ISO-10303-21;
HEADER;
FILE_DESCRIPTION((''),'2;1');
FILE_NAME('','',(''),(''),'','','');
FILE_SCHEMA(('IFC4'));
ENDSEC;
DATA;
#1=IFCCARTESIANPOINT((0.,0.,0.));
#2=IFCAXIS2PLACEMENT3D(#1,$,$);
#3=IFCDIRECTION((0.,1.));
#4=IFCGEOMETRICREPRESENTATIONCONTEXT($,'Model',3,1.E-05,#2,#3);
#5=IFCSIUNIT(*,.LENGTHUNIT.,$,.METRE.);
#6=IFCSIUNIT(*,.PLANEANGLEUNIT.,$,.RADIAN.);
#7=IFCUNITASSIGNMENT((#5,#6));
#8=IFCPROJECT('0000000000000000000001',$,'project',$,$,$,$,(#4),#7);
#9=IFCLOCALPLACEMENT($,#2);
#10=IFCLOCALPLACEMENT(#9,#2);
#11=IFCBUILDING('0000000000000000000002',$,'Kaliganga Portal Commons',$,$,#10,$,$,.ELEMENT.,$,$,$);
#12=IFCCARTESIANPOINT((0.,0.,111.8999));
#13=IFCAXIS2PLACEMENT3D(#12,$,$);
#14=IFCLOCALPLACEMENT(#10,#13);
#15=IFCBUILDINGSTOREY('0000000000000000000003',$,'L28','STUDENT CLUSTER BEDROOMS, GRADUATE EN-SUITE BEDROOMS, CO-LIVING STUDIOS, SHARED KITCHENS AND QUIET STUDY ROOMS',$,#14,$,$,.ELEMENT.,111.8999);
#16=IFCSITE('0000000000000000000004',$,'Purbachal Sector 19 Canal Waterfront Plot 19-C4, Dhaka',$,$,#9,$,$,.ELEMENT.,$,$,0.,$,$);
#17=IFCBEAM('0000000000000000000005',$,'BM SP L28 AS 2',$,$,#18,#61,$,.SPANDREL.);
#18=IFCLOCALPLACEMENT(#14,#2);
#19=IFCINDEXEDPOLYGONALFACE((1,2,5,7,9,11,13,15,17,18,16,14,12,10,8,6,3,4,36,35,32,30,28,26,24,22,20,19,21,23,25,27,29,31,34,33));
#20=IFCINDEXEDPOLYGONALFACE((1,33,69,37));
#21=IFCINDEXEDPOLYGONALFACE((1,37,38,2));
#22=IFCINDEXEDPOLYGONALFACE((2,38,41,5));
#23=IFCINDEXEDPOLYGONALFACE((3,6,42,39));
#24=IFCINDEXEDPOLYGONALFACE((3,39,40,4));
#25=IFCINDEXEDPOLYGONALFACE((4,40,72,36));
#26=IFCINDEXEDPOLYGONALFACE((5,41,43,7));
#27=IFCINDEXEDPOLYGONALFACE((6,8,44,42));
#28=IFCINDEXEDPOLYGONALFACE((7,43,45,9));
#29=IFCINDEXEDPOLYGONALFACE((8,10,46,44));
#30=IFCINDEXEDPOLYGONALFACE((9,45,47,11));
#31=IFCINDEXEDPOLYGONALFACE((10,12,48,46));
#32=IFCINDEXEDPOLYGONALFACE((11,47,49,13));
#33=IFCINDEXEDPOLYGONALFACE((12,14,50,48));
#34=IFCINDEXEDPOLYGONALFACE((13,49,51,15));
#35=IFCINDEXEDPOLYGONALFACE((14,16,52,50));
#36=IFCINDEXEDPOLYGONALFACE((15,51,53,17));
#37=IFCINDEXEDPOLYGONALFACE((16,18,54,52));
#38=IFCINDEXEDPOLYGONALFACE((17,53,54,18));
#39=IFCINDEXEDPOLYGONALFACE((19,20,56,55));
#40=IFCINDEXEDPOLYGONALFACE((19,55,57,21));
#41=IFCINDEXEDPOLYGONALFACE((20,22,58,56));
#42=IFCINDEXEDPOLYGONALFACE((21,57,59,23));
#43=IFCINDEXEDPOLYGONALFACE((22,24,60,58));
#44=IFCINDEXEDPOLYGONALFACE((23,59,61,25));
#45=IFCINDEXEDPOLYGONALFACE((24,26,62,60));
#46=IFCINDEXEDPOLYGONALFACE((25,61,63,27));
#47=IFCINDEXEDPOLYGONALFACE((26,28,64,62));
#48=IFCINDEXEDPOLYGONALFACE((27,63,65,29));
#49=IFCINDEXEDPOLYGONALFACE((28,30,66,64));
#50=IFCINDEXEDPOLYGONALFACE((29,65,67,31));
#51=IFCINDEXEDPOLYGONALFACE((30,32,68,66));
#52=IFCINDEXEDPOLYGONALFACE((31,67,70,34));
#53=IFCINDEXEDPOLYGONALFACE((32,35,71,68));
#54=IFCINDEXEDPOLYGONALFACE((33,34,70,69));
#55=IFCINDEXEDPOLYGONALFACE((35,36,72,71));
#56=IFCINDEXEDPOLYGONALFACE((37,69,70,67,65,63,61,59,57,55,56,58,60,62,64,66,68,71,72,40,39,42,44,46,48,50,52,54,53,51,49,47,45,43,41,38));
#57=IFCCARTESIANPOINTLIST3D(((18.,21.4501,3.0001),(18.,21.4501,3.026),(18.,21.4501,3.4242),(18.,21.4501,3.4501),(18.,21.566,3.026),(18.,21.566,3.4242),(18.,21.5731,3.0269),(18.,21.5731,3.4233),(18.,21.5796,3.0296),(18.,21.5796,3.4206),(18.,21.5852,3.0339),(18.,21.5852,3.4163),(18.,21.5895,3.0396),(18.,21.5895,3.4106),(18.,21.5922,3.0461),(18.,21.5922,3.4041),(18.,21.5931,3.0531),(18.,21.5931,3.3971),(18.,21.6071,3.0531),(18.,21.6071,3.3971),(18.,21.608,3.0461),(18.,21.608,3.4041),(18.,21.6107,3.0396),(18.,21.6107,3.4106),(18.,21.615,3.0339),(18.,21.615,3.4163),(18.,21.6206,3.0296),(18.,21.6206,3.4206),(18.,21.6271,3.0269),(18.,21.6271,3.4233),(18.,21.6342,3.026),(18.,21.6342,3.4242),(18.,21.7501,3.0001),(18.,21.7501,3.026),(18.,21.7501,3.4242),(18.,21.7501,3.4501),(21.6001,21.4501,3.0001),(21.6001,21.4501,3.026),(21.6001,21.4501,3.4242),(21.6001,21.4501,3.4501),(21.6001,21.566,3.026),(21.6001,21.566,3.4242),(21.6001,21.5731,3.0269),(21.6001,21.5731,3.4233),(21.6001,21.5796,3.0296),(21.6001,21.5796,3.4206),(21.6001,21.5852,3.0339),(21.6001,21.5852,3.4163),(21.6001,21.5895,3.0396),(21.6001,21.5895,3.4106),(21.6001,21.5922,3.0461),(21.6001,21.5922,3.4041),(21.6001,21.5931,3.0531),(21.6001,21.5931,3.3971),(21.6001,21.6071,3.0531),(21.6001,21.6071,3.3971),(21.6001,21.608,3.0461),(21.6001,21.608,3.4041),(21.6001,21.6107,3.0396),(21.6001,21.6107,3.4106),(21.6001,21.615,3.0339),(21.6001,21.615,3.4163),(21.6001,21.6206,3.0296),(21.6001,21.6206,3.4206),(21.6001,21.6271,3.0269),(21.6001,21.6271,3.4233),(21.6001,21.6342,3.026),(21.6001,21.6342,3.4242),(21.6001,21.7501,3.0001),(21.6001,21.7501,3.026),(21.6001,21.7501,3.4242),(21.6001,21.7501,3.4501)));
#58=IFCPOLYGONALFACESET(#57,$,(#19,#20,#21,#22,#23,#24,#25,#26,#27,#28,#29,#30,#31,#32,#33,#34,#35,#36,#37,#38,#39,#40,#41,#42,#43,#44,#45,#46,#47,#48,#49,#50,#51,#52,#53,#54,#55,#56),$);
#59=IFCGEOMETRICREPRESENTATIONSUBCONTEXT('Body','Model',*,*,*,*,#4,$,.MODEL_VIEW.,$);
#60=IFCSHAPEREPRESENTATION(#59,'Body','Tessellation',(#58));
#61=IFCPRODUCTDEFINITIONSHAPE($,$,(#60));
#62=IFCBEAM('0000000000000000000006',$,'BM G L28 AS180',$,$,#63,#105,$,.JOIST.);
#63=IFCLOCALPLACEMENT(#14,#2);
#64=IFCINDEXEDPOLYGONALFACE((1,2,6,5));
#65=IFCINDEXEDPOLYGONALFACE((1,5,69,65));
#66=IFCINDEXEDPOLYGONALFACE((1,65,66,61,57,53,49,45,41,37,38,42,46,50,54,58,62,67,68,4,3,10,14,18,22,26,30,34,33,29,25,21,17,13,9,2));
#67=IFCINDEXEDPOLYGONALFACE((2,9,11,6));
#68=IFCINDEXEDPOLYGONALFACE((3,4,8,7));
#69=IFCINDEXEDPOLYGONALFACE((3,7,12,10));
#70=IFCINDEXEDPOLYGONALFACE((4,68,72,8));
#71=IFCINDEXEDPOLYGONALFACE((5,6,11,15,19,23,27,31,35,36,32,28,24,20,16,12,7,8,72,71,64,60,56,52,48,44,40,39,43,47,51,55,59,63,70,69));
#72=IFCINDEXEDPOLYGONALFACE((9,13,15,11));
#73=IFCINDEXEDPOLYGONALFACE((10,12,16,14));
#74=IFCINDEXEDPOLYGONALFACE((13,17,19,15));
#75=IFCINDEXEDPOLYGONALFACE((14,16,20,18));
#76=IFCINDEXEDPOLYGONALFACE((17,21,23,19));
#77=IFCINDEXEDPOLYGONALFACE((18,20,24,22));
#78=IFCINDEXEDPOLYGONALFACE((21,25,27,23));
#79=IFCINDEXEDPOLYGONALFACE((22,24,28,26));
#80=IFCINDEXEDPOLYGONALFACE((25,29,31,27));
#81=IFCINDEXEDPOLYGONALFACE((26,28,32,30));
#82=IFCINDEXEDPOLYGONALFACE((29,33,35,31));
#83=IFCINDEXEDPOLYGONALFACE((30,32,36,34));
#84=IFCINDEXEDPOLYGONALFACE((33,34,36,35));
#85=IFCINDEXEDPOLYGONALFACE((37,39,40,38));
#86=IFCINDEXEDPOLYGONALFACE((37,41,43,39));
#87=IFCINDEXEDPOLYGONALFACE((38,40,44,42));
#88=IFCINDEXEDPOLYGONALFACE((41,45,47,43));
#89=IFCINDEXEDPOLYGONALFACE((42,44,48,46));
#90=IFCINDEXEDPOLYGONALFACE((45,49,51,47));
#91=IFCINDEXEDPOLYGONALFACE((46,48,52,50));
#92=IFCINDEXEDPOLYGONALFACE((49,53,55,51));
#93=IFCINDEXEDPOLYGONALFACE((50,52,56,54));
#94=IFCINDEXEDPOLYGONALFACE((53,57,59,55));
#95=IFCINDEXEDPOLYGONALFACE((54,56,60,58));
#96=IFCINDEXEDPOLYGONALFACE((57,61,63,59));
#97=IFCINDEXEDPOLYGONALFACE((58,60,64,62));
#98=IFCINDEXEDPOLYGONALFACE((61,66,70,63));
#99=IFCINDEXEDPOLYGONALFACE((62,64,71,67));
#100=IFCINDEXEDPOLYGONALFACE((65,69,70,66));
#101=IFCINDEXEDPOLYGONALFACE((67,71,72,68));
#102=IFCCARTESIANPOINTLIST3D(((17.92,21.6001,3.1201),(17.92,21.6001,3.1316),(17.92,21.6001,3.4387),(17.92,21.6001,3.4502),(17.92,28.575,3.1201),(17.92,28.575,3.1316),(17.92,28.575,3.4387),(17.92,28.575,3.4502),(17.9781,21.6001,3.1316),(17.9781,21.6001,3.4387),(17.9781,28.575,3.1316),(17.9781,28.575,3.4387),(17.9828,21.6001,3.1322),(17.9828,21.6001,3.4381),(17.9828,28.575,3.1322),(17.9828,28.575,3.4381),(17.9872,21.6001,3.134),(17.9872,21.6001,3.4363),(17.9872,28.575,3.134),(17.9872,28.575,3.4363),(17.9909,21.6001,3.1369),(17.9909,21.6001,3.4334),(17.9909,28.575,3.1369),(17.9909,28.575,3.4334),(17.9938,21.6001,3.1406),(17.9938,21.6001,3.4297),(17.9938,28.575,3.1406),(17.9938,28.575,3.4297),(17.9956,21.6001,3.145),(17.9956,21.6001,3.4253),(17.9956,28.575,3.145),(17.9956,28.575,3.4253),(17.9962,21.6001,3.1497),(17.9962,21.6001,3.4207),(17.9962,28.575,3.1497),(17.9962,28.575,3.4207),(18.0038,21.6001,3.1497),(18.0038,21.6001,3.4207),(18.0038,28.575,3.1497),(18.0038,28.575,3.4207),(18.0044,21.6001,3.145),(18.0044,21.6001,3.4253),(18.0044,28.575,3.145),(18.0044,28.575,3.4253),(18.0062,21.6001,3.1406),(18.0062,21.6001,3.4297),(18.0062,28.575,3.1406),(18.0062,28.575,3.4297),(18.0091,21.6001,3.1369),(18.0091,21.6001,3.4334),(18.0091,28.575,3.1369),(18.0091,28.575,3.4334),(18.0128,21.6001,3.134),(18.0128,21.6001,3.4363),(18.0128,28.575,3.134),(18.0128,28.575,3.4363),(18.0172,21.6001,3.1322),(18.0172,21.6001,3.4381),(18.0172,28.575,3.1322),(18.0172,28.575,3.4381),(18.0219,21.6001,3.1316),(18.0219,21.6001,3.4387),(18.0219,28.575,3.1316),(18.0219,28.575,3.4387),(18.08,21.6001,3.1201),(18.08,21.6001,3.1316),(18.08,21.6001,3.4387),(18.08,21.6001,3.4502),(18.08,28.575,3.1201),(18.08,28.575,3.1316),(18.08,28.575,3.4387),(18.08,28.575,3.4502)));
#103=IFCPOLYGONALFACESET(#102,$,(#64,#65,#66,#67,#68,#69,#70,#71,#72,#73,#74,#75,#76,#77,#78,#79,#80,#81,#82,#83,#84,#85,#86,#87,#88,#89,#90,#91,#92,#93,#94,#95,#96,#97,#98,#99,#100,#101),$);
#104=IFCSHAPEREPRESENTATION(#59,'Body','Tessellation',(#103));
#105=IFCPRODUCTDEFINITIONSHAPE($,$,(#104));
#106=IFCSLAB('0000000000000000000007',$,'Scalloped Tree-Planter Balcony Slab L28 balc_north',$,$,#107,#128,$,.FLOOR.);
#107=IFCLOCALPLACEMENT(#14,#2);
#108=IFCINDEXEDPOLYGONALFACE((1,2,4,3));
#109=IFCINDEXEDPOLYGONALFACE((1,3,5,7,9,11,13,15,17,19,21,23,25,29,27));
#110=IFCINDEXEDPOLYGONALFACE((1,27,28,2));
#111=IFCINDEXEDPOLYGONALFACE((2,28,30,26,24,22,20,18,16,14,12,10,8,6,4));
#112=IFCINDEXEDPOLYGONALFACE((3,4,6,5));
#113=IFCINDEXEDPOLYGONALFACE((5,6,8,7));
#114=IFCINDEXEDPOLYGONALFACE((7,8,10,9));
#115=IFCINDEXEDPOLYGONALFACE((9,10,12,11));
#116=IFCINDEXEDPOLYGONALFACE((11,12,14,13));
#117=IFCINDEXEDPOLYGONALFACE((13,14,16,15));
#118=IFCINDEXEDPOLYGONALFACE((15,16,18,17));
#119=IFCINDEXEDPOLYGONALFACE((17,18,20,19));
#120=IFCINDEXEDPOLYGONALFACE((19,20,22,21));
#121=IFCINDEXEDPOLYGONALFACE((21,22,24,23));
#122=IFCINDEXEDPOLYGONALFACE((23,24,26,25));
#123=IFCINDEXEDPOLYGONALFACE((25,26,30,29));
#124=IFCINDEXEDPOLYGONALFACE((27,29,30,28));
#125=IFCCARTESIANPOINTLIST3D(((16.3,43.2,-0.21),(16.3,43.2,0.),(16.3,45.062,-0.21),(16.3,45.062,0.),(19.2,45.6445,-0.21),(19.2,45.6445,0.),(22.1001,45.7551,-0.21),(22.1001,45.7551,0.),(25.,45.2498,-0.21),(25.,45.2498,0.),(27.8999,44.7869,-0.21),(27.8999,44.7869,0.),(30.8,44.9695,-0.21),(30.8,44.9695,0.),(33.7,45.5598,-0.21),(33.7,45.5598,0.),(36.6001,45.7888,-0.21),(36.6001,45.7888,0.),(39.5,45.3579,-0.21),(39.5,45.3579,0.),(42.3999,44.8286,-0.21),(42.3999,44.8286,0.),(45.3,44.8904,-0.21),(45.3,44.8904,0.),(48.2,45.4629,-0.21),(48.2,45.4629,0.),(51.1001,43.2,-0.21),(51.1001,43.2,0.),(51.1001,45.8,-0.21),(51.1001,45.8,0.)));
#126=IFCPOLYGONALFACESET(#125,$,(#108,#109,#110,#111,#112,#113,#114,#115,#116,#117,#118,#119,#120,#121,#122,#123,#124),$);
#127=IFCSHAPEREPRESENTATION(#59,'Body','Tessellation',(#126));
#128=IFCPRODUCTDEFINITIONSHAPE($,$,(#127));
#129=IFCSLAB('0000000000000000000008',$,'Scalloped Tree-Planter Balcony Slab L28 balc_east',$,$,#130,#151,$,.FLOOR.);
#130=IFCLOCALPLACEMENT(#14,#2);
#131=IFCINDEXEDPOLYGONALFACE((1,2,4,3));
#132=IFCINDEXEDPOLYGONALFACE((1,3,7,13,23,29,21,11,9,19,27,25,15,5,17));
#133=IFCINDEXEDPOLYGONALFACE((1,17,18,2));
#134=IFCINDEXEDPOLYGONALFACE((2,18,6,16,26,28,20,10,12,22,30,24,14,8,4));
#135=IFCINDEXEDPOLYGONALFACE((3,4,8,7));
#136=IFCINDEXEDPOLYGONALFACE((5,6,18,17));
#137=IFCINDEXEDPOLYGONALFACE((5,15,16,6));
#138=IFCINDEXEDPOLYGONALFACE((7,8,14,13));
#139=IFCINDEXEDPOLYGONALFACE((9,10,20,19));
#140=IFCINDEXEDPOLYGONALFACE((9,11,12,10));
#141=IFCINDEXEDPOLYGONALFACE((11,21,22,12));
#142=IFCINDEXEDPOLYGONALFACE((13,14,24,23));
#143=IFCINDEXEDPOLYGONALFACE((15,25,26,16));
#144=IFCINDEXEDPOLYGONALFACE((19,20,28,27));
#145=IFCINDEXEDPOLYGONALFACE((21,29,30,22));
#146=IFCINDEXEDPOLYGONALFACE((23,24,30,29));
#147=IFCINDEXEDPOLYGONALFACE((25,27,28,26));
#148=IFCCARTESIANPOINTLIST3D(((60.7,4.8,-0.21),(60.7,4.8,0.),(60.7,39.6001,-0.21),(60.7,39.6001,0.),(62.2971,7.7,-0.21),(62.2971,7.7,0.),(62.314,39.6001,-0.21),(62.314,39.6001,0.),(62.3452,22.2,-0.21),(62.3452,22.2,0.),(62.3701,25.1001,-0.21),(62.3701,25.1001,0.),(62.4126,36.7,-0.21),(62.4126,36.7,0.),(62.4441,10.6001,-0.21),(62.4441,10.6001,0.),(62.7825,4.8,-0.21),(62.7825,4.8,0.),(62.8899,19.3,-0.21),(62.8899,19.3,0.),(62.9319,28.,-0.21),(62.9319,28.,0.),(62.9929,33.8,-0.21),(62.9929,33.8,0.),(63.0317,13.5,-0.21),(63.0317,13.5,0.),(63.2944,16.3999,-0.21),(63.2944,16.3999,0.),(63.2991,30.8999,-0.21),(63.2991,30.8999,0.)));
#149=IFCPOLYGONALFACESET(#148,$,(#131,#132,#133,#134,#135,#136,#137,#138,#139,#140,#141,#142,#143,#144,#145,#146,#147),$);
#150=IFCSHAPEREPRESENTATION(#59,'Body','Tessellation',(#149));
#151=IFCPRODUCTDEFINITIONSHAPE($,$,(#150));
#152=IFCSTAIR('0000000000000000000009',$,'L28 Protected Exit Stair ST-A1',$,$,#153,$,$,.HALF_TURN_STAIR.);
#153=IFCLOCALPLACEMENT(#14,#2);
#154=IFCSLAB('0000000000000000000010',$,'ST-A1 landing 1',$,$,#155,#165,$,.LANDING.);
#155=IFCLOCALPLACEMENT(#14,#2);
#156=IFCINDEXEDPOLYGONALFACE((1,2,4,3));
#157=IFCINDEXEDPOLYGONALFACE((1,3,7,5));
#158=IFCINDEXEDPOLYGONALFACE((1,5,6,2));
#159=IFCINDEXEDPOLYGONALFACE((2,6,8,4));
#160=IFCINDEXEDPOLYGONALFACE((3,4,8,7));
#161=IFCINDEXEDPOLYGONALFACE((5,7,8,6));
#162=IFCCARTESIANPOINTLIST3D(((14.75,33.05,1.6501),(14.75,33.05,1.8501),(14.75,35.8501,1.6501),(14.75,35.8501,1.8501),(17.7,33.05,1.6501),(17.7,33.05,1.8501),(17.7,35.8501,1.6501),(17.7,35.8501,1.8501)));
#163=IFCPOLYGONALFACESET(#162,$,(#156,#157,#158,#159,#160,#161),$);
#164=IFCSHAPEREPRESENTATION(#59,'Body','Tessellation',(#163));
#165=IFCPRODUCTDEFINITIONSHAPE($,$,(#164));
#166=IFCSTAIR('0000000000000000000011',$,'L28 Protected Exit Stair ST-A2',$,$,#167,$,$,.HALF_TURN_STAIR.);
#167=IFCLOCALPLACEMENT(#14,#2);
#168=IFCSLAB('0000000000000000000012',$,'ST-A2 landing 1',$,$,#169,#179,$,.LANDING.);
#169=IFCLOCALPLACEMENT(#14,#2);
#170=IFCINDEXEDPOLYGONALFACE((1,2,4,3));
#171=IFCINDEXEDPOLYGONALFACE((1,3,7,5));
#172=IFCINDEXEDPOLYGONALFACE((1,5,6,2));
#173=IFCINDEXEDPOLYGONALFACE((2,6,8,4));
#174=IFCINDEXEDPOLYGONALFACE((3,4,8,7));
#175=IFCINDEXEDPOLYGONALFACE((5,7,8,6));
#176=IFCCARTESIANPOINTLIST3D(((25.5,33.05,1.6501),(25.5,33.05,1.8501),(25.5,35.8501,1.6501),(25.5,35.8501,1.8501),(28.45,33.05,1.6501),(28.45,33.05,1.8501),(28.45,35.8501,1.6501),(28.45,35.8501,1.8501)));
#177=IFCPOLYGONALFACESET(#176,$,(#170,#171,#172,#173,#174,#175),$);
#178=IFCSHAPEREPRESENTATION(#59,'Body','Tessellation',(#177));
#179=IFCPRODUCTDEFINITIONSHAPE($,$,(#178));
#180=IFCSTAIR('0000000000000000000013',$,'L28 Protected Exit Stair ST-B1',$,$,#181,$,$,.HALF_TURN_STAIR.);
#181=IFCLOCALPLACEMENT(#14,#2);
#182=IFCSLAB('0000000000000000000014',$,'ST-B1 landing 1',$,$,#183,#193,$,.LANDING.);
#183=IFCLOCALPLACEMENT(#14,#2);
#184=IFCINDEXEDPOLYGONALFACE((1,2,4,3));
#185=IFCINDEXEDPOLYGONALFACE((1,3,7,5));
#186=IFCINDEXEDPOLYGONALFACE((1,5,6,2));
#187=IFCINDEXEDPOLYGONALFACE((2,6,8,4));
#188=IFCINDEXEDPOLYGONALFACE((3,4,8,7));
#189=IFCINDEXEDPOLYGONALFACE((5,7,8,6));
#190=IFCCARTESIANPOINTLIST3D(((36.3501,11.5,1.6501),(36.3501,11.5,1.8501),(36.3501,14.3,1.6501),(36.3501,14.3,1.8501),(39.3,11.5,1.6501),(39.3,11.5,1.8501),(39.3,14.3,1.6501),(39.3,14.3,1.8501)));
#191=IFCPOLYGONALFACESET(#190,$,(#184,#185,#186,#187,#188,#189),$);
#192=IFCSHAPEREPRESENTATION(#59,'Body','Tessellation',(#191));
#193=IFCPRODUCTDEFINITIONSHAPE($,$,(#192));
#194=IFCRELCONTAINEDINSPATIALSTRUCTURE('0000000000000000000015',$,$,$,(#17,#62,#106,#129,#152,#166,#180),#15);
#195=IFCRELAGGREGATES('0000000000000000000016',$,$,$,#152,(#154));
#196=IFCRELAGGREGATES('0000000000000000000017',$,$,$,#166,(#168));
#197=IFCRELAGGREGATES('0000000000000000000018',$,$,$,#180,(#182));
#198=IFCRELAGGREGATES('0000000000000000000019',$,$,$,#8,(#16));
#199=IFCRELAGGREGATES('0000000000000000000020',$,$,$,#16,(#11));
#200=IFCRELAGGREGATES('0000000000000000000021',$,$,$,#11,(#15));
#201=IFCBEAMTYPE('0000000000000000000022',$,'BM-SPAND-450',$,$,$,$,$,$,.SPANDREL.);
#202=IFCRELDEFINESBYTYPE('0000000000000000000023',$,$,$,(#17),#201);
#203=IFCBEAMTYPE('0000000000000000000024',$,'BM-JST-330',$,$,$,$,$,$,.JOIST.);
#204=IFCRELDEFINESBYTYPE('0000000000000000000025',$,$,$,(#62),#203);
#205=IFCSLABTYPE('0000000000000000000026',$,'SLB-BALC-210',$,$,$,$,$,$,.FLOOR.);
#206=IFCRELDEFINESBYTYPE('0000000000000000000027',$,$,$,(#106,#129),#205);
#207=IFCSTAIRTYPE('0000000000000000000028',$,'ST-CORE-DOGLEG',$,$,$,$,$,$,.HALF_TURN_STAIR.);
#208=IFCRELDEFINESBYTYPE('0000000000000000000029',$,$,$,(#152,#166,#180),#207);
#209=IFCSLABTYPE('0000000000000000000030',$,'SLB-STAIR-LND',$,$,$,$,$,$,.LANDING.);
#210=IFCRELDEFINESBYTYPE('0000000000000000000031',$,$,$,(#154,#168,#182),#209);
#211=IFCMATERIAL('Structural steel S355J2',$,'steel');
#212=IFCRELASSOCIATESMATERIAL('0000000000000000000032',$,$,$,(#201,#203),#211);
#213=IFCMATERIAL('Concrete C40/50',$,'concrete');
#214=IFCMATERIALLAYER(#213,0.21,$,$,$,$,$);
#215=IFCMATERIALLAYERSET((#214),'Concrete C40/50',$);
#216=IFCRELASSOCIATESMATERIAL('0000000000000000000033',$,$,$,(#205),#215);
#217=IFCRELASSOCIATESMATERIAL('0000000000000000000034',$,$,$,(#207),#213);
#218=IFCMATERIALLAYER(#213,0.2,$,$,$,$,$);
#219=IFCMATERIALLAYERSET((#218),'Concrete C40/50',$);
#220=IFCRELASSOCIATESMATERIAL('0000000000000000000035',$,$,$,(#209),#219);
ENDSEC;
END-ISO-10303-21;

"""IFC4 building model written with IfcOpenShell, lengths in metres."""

from ifc_helpers import new_model, si_unit, direction, frame, origin, origin_2d, place, context, subcontext, project, spatial, polyline, i_section, outline, extrude, source, transform, mapped, material, layer, layer_set, material_profile, profile_set, type_object, element, aggregate, save


model = new_model("IFC4")

# Units and contexts
model_context = context("Model", 3, precision=1e-05, world=origin(), true_north=direction((0.0, 1.0)))
body_context = subcontext(model_context, "Body", "Model", "MODEL_VIEW")
ifc_project = project(units=[si_unit("LENGTHUNIT", "METRE"), si_unit("PLANEANGLEUNIT", "RADIAN")], contexts=[model_context])

# Site, building, storey
site_placement = place(None, origin())
site = spatial("IfcSite", under=ifc_project, at=site_placement, Name="Purbachal Sector 19 Canal Waterfront Plot 19-C4, Dhaka", CompositionType="ELEMENT", RefElevation=0.0)
building_placement = place(site_placement, origin())
building = spatial("IfcBuilding", under=site, at=building_placement, Name="Kaliganga Portal Commons", CompositionType="ELEMENT")
storey_placement = place(building_placement, frame((0.0, 0.0, 111.8999)))
storey = spatial("IfcBuildingStorey", under=building, at=storey_placement, Name="L28", Description="STUDENT CLUSTER BEDROOMS, GRADUATE EN-SUITE BEDROOMS, CO-LIVING STUDIOS, SHARED KITCHENS AND QUIET STUDY ROOMS", CompositionType="ELEMENT", Elevation=111.8999)

# Beams
ifc_material_1 = material(Name="Structural steel S355J2", Category="steel")
ifc_material_profile_1 = material_profile(ifc_material_1, i_section(OverallWidth=0.3, OverallDepth=0.45, WebThickness=0.0139, FlangeThickness=0.0259, FilletRadius=0.0271, at=origin_2d()), Name="HE 450 B")
ifc_profile_set_1 = profile_set([ifc_material_profile_1], Name="Structural steel S355J2 wide-flange")
beam_type_1 = type_object("IfcBeamType", Name="BM-SPAND-450", PredefinedType="SPANDREL", material=ifc_profile_set_1)
shared_shape_1 = source(origin(), body_context, "Body", "SweptSolid", [
    extrude(i_section(OverallWidth=0.3, OverallDepth=0.45, WebThickness=0.0139, FlangeThickness=0.0259, FilletRadius=0.0271, at=origin_2d()), origin(), (0.0, 0.0, 1.0), 3.6001),
])
for number, where, z_axis, x_axis, name in (
    (1, (18.0, 21.6001, 3.2251), (1.0, 0.0, 0.0), (0.0, 1.0, 0.0), "BM SP L28 AS 2"),
):
    element("IfcBeam", number, at=place(storey_placement, frame(where, z_axis=z_axis, x_axis=x_axis)), inside=storey, type_object=beam_type_1, Name=name, PredefinedType="SPANDREL", context=body_context, shape_type="MappedRepresentation", body=[
        mapped(shared_shape_1, transform((0.0, 0.0, 0.0), x_axis=(1.0, 0.0, 0.0), y_axis=(0.0, 1.0, 0.0), z_axis=(0.0, 0.0, 1.0), scale=1.0)),
    ])
ifc_material_profile_2 = material_profile(ifc_material_1, i_section(OverallWidth=0.1599, OverallDepth=0.3301, WebThickness=0.0076, FlangeThickness=0.0115, FilletRadius=0.0181, at=origin_2d()), Name="IPE 330")
ifc_profile_set_2 = profile_set([ifc_material_profile_2], Name="Structural steel S355J2 wide-flange")
beam_type_2 = type_object("IfcBeamType", Name="BM-JST-330", PredefinedType="JOIST", material=ifc_profile_set_2)
shared_shape_2 = source(origin(), body_context, "Body", "SweptSolid", [
    extrude(i_section(OverallWidth=0.1599, OverallDepth=0.3301, WebThickness=0.0076, FlangeThickness=0.0115, FilletRadius=0.0181, at=origin_2d()), origin(), (0.0, 0.0, 1.0), 6.9749),
])
beam_1_placement = place(storey_placement, frame((18.0, 21.6001, 3.2852), z_axis=(0.0, 1.0, 0.0), x_axis=(-1.0, 0.0, 0.0)))
element("IfcBeam", 2, at=beam_1_placement, inside=storey, type_object=beam_type_2, Name="BM G L28 AS180", PredefinedType="JOIST", context=body_context, shape_type="MappedRepresentation", body=[
    mapped(shared_shape_2, transform((0.0, 0.0, 0.0), x_axis=(1.0, 0.0, 0.0), y_axis=(0.0, 1.0, 0.0), z_axis=(0.0, 0.0, 1.0), scale=1.0)),
])

# Slabs
ifc_material_2 = material(Name="Concrete C40/50", Category="concrete")
ifc_layer_1 = layer(ifc_material_2, 0.21)
ifc_layer_set_1 = layer_set([ifc_layer_1], Name="Concrete C40/50")
slab_type_1 = type_object("IfcSlabType", Name="SLB-BALC-210", PredefinedType="FLOOR", material=ifc_layer_set_1)
slab_1_placement = place(storey_placement, frame((0.0, 0.0, -0.21)))
element("IfcSlab", 3, at=slab_1_placement, inside=storey, type_object=slab_type_1, Name="Scalloped Tree-Planter Balcony Slab L28 balc_north", PredefinedType="FLOOR", context=body_context, shape_type="SweptSolid", body=[
    extrude(outline(polyline([(51.1001, 43.2), (51.1001, 45.8), (48.2, 45.4629), (45.3, 44.8904), (42.3999, 44.8286), (39.5, 45.3579), (36.6001, 45.7888), (33.7, 45.5598), (30.8, 44.9695), (27.8999, 44.7869), (25.0, 45.2498), (22.1001, 45.7551), (19.2, 45.6445), (16.3, 45.062), (16.3, 43.2), (51.1001, 43.2)])), origin(), (0.0, 0.0, 1.0), 0.21),
])
slab_2_placement = place(storey_placement, frame((0.0, 0.0, -0.21)))
element("IfcSlab", 4, at=slab_2_placement, inside=storey, type_object=slab_type_1, Name="Scalloped Tree-Planter Balcony Slab L28 balc_east", PredefinedType="FLOOR", context=body_context, shape_type="SweptSolid", body=[
    extrude(outline(polyline([(60.7, 4.8), (62.7825, 4.8), (62.2971, 7.7), (62.4441, 10.6001), (63.0317, 13.5), (63.2944, 16.3999), (62.8899, 19.3), (62.3452, 22.2), (62.3701, 25.1001), (62.9319, 28.0), (63.2991, 30.8999), (62.9929, 33.8), (62.4126, 36.7), (62.314, 39.6001), (60.7, 39.6001), (60.7, 4.8)])), origin(), (0.0, 0.0, 1.0), 0.21),
])

# Stairs, slabs
stair_type = type_object("IfcStairType", Name="ST-CORE-DOGLEG", PredefinedType="HALF_TURN_STAIR", material=ifc_material_2)
stair_1_placement = place(storey_placement, origin())
stair_1 = element("IfcStair", 5, at=stair_1_placement, inside=storey, type_object=stair_type, Name="L28 Protected Exit Stair ST-A1", PredefinedType="HALF_TURN_STAIR")
ifc_layer_2 = layer(ifc_material_2, 0.2)
ifc_layer_set_2 = layer_set([ifc_layer_2], Name="Concrete C40/50")
slab_type_2 = type_object("IfcSlabType", Name="SLB-STAIR-LND", PredefinedType="LANDING", material=ifc_layer_set_2)
slab_3_placement = place(storey_placement, frame((0.0, 0.0, 1.6501)))
slab_3 = element("IfcSlab", 6, at=slab_3_placement, type_object=slab_type_2, Name="ST-A1 landing 1", PredefinedType="LANDING", context=body_context, shape_type="SweptSolid", body=[
    extrude(outline(polyline([(17.7, 33.05), (17.7, 35.8501), (14.75, 35.8501), (14.75, 33.05), (17.7, 33.05)])), origin(), (0.0, 0.0, 1.0), 0.2),
])
aggregate(stair_1, [slab_3])
stair_2_placement = place(storey_placement, origin())
stair_2 = element("IfcStair", 7, at=stair_2_placement, inside=storey, type_object=stair_type, Name="L28 Protected Exit Stair ST-A2", PredefinedType="HALF_TURN_STAIR")
slab_4_placement = place(storey_placement, frame((0.0, 0.0, 1.6501)))
slab_4 = element("IfcSlab", 8, at=slab_4_placement, type_object=slab_type_2, Name="ST-A2 landing 1", PredefinedType="LANDING", context=body_context, shape_type="SweptSolid", body=[
    extrude(outline(polyline([(28.45, 33.05), (28.45, 35.8501), (25.5, 35.8501), (25.5, 33.05), (28.45, 33.05)])), origin(), (0.0, 0.0, 1.0), 0.2),
])
aggregate(stair_2, [slab_4])
stair_3_placement = place(storey_placement, origin())
stair_3 = element("IfcStair", 9, at=stair_3_placement, inside=storey, type_object=stair_type, Name="L28 Protected Exit Stair ST-B1", PredefinedType="HALF_TURN_STAIR")
slab_5_placement = place(storey_placement, frame((0.0, 0.0, 1.6501)))
slab_5 = element("IfcSlab", 10, at=slab_5_placement, type_object=slab_type_2, Name="ST-B1 landing 1", PredefinedType="LANDING", context=body_context, shape_type="SweptSolid", body=[
    extrude(outline(polyline([(39.3, 11.5), (39.3, 14.3), (36.3501, 14.3), (36.3501, 11.5), (39.3, 11.5)])), origin(), (0.0, 0.0, 1.0), 0.2),
])
aggregate(stair_3, [slab_5])

save(model, "model.ifc")
